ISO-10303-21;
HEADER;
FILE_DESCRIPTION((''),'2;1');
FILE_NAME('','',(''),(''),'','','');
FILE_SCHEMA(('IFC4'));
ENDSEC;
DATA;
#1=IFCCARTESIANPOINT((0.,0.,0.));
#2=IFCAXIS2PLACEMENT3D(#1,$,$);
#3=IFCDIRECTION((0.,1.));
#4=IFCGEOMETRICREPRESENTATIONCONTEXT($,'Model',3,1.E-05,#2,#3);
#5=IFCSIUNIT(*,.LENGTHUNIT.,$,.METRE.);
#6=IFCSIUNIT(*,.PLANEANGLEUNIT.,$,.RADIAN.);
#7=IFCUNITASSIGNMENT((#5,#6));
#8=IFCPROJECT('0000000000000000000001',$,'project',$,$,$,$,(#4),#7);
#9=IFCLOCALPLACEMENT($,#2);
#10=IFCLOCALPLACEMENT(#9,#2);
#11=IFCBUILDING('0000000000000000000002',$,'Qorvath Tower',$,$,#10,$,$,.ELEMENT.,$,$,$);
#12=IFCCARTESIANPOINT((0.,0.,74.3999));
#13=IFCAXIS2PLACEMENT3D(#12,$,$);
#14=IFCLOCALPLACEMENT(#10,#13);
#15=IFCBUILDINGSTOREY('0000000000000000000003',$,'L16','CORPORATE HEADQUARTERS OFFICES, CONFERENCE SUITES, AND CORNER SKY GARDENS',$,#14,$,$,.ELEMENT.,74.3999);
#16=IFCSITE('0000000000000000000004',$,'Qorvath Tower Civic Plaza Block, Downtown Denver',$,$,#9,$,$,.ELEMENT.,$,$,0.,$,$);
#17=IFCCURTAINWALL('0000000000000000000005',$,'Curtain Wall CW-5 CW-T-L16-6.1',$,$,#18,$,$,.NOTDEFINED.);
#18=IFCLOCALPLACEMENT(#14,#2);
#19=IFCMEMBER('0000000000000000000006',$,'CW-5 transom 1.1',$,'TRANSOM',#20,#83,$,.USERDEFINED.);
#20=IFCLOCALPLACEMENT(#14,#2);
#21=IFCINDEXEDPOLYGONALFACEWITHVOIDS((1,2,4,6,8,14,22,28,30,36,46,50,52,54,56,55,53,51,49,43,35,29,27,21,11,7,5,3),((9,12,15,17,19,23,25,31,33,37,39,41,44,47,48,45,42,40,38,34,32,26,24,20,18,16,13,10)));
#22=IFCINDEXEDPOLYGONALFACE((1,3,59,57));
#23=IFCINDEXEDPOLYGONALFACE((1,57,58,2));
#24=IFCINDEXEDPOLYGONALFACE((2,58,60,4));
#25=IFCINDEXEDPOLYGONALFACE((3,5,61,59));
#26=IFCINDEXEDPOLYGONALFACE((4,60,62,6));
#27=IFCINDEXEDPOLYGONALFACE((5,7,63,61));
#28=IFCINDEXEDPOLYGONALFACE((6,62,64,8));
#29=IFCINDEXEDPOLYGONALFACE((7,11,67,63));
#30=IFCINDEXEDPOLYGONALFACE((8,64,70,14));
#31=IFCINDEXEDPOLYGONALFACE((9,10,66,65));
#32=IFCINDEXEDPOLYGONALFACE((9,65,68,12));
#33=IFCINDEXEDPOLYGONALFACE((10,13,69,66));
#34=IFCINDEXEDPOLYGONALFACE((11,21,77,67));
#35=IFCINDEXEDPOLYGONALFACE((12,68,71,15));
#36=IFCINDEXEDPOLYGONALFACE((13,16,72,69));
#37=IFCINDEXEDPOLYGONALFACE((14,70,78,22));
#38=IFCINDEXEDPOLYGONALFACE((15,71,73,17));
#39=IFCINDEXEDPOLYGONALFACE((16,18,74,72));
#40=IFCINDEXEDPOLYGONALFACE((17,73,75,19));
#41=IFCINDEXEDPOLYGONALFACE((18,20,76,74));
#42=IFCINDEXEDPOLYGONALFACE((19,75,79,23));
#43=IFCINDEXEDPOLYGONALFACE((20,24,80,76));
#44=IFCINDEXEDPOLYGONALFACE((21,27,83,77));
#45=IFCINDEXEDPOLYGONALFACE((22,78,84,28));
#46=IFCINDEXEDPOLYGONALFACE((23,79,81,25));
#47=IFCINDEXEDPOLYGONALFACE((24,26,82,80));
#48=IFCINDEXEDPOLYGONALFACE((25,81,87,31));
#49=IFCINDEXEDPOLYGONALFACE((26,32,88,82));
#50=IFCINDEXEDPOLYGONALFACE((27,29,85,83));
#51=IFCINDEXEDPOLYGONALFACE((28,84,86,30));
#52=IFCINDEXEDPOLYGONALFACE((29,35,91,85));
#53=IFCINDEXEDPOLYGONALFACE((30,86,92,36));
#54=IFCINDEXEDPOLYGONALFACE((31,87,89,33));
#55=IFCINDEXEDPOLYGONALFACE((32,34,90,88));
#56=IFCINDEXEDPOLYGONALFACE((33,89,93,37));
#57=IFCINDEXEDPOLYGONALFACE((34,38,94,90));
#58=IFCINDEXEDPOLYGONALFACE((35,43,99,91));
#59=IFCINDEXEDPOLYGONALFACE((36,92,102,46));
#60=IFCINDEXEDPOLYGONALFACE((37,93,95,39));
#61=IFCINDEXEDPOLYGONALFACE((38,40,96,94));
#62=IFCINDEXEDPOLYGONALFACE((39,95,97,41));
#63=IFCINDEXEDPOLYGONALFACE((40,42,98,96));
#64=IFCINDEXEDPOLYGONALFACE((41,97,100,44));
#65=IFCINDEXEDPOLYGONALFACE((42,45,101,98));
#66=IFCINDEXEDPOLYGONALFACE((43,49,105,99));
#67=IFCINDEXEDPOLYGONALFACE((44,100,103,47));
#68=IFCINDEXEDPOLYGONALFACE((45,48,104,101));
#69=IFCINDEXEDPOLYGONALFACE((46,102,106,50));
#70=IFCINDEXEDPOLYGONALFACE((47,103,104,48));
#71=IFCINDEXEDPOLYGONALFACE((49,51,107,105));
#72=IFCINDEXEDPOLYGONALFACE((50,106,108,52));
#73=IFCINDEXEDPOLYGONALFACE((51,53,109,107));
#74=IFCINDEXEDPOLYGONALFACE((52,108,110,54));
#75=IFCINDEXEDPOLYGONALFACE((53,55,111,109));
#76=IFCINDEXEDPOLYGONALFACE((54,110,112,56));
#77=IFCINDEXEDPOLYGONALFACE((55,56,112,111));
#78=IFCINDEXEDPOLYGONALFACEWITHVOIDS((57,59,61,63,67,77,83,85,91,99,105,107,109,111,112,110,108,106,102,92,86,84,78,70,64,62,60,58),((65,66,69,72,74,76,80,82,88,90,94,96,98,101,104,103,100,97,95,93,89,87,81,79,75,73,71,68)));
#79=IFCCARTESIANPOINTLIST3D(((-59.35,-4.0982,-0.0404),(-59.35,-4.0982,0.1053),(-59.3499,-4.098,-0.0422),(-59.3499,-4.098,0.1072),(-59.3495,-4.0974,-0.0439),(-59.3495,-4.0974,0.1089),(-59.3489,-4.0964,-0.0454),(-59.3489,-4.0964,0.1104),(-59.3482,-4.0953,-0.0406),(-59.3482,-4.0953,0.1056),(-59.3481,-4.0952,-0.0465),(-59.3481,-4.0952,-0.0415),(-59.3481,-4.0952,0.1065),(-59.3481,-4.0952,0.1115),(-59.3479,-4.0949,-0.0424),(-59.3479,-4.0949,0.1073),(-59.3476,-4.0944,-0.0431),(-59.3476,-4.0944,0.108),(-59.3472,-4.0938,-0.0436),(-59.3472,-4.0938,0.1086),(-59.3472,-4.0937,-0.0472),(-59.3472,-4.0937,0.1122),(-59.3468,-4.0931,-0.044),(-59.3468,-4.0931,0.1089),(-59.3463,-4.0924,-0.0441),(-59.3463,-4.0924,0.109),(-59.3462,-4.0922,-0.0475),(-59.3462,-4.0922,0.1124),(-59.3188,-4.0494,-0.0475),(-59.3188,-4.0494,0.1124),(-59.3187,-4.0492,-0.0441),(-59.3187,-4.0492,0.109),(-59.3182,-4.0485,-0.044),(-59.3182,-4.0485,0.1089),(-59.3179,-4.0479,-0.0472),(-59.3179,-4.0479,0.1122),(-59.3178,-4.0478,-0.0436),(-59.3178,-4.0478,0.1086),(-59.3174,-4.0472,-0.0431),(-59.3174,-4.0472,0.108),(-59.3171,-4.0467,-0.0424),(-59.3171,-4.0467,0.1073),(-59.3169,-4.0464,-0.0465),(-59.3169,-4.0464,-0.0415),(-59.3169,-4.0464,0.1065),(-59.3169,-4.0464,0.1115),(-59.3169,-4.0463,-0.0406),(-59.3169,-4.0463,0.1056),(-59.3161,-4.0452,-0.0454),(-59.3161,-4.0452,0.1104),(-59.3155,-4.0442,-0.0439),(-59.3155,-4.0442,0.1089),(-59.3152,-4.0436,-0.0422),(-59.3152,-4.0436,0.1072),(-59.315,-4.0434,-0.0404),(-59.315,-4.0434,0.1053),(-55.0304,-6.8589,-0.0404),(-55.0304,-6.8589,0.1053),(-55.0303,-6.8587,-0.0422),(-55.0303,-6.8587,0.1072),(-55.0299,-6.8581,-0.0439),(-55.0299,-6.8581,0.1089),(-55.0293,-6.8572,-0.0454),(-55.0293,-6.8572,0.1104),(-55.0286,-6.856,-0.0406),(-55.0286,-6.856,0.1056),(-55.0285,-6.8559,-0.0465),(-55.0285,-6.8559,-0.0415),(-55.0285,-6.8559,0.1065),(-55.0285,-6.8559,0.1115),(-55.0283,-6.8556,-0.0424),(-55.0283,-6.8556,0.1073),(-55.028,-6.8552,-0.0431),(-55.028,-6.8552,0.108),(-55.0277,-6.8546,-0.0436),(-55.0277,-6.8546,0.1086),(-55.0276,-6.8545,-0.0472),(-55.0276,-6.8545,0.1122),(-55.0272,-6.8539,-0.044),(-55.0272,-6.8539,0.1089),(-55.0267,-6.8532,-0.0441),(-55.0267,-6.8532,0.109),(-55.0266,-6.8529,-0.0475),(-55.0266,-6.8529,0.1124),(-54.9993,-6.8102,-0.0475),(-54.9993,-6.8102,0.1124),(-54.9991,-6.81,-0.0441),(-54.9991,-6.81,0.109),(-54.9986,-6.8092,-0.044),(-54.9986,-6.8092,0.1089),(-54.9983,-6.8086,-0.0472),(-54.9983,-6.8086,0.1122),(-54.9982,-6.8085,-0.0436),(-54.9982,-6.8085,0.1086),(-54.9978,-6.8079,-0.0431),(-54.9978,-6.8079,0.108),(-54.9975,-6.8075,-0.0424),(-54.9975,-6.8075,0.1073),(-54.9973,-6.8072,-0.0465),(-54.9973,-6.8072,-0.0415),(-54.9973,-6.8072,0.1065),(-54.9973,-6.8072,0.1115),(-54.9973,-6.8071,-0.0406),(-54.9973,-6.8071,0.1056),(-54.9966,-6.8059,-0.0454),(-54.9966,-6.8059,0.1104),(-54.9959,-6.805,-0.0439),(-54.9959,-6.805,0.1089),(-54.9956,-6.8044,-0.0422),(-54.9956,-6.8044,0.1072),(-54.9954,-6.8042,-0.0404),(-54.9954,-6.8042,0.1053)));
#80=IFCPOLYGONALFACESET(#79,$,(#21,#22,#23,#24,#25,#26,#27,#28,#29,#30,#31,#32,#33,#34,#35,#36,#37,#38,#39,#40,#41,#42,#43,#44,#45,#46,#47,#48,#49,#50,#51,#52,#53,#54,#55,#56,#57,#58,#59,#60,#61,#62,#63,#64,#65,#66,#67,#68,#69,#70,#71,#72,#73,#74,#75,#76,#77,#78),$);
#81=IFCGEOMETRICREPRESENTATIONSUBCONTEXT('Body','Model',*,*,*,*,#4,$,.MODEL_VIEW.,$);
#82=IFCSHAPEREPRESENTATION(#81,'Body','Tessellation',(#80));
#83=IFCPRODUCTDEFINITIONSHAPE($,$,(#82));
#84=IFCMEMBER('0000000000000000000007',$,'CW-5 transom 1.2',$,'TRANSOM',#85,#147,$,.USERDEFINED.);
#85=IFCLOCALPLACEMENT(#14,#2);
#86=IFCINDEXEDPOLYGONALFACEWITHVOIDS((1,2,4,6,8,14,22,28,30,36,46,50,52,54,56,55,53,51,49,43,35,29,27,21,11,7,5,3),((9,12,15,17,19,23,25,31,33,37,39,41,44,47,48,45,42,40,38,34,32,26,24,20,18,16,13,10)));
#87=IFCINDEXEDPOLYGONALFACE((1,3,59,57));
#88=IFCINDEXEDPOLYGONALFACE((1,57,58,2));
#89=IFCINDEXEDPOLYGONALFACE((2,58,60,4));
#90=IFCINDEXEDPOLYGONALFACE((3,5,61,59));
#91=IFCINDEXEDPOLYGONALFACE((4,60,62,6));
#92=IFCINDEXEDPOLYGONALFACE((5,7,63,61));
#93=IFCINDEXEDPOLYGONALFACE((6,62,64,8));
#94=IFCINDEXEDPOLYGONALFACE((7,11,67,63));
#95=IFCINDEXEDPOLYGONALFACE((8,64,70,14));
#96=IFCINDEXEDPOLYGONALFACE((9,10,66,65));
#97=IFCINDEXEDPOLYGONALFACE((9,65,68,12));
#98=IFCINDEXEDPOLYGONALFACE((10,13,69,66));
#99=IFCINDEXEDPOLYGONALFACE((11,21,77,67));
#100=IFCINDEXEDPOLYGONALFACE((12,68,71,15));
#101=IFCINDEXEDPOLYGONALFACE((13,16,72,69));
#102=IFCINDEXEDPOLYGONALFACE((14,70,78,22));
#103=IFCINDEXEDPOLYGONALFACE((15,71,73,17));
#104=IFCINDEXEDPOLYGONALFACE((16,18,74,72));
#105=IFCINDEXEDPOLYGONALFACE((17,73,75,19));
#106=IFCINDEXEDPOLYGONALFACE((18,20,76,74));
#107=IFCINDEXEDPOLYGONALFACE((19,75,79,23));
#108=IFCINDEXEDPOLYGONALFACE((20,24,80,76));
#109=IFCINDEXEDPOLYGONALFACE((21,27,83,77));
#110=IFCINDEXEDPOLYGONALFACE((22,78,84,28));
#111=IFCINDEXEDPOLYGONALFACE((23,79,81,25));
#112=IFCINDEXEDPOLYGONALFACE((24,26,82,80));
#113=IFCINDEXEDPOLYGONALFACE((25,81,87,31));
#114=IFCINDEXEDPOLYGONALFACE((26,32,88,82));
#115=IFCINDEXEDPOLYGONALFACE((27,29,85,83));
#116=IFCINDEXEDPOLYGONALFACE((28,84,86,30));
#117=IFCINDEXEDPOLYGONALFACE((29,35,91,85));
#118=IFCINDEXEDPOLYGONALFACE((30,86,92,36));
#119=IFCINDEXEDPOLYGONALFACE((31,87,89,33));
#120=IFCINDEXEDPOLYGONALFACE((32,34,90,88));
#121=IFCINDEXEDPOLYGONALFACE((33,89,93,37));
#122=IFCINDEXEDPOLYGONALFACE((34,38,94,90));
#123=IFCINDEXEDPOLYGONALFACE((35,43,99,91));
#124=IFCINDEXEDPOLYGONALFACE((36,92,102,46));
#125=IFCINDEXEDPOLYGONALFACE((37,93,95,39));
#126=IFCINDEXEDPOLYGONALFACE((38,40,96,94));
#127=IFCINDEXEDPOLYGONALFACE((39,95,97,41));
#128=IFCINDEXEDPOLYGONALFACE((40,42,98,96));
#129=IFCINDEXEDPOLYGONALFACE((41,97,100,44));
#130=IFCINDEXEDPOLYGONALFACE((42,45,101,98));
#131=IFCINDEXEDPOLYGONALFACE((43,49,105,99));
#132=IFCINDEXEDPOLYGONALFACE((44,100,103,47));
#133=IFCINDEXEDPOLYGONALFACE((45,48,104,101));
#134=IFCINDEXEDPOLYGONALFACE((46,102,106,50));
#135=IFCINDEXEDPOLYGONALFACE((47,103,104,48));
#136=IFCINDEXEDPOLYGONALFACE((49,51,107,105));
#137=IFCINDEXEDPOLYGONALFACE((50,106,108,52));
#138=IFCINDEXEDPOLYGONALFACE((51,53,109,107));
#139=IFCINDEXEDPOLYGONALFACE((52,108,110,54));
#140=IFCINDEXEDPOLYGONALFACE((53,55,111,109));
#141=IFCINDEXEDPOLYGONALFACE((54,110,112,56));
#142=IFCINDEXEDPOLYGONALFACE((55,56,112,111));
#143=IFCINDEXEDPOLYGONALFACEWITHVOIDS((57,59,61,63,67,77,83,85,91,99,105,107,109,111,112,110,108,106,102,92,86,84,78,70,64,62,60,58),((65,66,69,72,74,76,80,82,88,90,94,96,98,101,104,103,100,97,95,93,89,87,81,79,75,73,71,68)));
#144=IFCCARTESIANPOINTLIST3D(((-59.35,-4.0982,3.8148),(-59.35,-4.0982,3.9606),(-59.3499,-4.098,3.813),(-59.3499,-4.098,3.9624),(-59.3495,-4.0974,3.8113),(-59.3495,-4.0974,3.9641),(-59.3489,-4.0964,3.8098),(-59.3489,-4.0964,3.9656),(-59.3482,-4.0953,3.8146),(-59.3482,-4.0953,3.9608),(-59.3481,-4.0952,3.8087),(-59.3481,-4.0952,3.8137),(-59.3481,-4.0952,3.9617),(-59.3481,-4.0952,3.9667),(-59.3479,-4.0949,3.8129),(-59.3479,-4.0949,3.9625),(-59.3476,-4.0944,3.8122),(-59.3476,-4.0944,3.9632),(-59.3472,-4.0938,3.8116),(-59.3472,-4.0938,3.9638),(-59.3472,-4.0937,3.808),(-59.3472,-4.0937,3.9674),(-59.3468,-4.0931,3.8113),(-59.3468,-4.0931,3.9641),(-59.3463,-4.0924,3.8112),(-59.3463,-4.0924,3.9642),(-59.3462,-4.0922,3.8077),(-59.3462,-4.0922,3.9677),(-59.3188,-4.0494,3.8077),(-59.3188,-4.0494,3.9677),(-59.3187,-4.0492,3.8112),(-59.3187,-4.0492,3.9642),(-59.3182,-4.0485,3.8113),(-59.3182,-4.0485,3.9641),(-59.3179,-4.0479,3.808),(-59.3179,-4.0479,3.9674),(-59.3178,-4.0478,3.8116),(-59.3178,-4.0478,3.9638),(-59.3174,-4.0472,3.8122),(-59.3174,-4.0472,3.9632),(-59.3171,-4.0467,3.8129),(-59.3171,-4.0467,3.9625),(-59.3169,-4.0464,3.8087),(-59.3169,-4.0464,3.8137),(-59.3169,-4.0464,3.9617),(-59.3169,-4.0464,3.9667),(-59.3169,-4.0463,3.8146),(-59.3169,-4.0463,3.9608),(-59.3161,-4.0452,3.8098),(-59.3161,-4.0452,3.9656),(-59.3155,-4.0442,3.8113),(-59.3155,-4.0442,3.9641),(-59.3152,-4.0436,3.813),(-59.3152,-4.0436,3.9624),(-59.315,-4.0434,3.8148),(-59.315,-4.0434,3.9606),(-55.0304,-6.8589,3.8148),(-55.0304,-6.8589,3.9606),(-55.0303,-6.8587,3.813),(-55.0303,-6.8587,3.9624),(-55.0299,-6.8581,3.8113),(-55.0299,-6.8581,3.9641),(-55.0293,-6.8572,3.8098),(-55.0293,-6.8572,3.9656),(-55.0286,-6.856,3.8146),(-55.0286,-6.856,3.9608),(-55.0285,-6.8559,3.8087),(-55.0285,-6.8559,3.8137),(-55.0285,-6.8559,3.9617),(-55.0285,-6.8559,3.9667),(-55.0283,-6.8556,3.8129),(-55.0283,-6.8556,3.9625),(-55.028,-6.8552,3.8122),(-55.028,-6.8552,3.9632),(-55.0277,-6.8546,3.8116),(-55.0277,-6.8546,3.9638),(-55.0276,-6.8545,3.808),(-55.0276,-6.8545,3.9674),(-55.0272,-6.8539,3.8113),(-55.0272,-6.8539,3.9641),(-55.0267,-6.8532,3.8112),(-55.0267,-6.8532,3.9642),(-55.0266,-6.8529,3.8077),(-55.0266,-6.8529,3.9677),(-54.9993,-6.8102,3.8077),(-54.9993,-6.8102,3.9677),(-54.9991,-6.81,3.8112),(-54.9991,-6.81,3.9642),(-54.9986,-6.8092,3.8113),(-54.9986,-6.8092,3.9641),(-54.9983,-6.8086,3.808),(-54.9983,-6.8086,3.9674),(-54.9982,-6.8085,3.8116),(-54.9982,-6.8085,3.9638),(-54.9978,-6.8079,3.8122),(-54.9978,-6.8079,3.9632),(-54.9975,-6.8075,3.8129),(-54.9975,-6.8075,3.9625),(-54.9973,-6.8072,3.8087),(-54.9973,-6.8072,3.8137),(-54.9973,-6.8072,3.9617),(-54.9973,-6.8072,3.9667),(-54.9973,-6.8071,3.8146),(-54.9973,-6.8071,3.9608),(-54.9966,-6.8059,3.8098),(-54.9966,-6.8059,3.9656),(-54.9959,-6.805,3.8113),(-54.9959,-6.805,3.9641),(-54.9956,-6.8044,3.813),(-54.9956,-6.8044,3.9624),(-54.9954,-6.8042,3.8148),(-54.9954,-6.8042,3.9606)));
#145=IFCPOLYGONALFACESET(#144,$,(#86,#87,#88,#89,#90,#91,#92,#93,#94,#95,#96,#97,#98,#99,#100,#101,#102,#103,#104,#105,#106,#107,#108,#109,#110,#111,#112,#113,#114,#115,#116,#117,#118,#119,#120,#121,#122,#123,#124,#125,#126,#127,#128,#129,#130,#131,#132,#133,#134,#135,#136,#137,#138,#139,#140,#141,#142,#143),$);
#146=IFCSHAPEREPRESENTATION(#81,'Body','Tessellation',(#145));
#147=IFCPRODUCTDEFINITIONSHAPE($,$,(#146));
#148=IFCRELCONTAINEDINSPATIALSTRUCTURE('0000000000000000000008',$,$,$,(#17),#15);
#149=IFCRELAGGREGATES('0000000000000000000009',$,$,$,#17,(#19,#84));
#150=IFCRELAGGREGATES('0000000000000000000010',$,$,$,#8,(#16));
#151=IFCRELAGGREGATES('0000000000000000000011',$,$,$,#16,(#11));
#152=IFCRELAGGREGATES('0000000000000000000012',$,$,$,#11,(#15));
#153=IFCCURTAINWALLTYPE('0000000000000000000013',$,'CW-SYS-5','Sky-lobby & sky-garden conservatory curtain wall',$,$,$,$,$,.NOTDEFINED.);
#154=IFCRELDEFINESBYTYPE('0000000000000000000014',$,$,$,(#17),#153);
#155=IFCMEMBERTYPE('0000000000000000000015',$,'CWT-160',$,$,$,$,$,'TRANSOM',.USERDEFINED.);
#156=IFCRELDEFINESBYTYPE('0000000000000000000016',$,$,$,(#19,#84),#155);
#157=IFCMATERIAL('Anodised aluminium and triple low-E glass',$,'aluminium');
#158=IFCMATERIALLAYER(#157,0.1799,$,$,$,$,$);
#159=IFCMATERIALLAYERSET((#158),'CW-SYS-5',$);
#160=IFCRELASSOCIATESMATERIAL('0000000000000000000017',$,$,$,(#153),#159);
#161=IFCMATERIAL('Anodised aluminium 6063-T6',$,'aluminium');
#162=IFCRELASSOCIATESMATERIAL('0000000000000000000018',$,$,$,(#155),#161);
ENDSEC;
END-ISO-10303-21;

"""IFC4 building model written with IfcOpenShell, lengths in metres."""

from ifc_helpers import new_model, si_unit, direction, frame, origin, origin_2d, place, context, subcontext, project, spatial, hollow_rectangle, extrude, material, layer, layer_set, material_profile, profile_set, type_object, element, aggregate, save


model = new_model("IFC4")

# Units and contexts
model_context = context("Model", 3, precision=1e-05, world=origin(), true_north=direction((0.0, 1.0)))
body_context = subcontext(model_context, "Body", "Model", "MODEL_VIEW")
ifc_project = project(units=[si_unit("LENGTHUNIT", "METRE"), si_unit("PLANEANGLEUNIT", "RADIAN")], contexts=[model_context])

# Site, building, storey
site_placement = place(None, origin())
site = spatial("IfcSite", under=ifc_project, at=site_placement, Name="Qorvath Tower Civic Plaza Block, Downtown Denver", CompositionType="ELEMENT", RefElevation=0.0)
building_placement = place(site_placement, origin())
building = spatial("IfcBuilding", under=site, at=building_placement, Name="Qorvath Tower", CompositionType="ELEMENT")
storey_placement = place(building_placement, frame((0.0, 0.0, 74.3999)))
storey = spatial("IfcBuildingStorey", under=building, at=storey_placement, Name="L16", Description="CORPORATE HEADQUARTERS OFFICES, CONFERENCE SUITES, AND CORNER SKY GARDENS", CompositionType="ELEMENT", Elevation=74.3999)

# Shared definitions
ifc_material_1 = material(Name="Anodised aluminium and triple low-E glass", Category="aluminium")
ifc_layer_1 = layer(ifc_material_1, 0.1799)
ifc_layer_set_1 = layer_set([ifc_layer_1], Name="CW-SYS-5")
curtain_wall_type = type_object("IfcCurtainWallType", Name="CW-SYS-5", Description="Sky-lobby & sky-garden conservatory curtain wall", PredefinedType="NOTDEFINED", material=ifc_layer_set_1)

# Curtain wall, members
curtain_wall_1_placement = place(storey_placement, origin())
curtain_wall_1 = element("IfcCurtainWall", 1, at=curtain_wall_1_placement, inside=storey, type_object=curtain_wall_type, Name="Curtain Wall CW-5 CW-T-L16-6.1", PredefinedType="NOTDEFINED")
ifc_material_2 = material(Name="Anodised aluminium 6063-T6", Category="aluminium")
ifc_material_profile_1 = material_profile(ifc_material_2, hollow_rectangle(XDim=0.0649, YDim=0.1599, WallThickness=0.0034, InnerFilletRadius=0.0034, OuterFilletRadius=0.0071, at=origin_2d()), Name="CWT 160x65")
ifc_profile_set_1 = profile_set([ifc_material_profile_1], Name="Anodised aluminium 6063-T6")
member_type_1 = type_object("IfcMemberType", Name="CWT-160", ElementType="TRANSOM", PredefinedType="USERDEFINED", material=ifc_profile_set_1)
member_1_placement = place(storey_placement, frame((-59.3325, -4.0708, 0.0325), z_axis=(0.842607, -0.538529, 0.0), x_axis=(0.538529, 0.842607, 0.0)))
member_1 = element("IfcMember", 2, at=member_1_placement, type_object=member_type_1, Name="CW-5 transom 1.1", ObjectType="TRANSOM", PredefinedType="USERDEFINED", context=body_context, shape_type="SweptSolid", body=[
    extrude(hollow_rectangle(XDim=0.0649, YDim=0.1599, WallThickness=0.0034, InnerFilletRadius=0.0034, OuterFilletRadius=0.0071, at=origin_2d()), origin(), (0.0, 0.0, 1.0), 5.1265),
])
member_2_placement = place(storey_placement, frame((-59.3325, -4.0708, 3.8877), z_axis=(0.842607, -0.538529, 0.0), x_axis=(0.538529, 0.842607, 0.0)))
member_2 = element("IfcMember", 3, at=member_2_placement, type_object=member_type_1, Name="CW-5 transom 1.2", ObjectType="TRANSOM", PredefinedType="USERDEFINED", context=body_context, shape_type="SweptSolid", body=[
    extrude(hollow_rectangle(XDim=0.0649, YDim=0.1599, WallThickness=0.0034, InnerFilletRadius=0.0034, OuterFilletRadius=0.0071, at=origin_2d()), origin(), (0.0, 0.0, 1.0), 5.1265),
])

aggregate(curtain_wall_1, [member_1, member_2])

save(model, "model.ifc")
